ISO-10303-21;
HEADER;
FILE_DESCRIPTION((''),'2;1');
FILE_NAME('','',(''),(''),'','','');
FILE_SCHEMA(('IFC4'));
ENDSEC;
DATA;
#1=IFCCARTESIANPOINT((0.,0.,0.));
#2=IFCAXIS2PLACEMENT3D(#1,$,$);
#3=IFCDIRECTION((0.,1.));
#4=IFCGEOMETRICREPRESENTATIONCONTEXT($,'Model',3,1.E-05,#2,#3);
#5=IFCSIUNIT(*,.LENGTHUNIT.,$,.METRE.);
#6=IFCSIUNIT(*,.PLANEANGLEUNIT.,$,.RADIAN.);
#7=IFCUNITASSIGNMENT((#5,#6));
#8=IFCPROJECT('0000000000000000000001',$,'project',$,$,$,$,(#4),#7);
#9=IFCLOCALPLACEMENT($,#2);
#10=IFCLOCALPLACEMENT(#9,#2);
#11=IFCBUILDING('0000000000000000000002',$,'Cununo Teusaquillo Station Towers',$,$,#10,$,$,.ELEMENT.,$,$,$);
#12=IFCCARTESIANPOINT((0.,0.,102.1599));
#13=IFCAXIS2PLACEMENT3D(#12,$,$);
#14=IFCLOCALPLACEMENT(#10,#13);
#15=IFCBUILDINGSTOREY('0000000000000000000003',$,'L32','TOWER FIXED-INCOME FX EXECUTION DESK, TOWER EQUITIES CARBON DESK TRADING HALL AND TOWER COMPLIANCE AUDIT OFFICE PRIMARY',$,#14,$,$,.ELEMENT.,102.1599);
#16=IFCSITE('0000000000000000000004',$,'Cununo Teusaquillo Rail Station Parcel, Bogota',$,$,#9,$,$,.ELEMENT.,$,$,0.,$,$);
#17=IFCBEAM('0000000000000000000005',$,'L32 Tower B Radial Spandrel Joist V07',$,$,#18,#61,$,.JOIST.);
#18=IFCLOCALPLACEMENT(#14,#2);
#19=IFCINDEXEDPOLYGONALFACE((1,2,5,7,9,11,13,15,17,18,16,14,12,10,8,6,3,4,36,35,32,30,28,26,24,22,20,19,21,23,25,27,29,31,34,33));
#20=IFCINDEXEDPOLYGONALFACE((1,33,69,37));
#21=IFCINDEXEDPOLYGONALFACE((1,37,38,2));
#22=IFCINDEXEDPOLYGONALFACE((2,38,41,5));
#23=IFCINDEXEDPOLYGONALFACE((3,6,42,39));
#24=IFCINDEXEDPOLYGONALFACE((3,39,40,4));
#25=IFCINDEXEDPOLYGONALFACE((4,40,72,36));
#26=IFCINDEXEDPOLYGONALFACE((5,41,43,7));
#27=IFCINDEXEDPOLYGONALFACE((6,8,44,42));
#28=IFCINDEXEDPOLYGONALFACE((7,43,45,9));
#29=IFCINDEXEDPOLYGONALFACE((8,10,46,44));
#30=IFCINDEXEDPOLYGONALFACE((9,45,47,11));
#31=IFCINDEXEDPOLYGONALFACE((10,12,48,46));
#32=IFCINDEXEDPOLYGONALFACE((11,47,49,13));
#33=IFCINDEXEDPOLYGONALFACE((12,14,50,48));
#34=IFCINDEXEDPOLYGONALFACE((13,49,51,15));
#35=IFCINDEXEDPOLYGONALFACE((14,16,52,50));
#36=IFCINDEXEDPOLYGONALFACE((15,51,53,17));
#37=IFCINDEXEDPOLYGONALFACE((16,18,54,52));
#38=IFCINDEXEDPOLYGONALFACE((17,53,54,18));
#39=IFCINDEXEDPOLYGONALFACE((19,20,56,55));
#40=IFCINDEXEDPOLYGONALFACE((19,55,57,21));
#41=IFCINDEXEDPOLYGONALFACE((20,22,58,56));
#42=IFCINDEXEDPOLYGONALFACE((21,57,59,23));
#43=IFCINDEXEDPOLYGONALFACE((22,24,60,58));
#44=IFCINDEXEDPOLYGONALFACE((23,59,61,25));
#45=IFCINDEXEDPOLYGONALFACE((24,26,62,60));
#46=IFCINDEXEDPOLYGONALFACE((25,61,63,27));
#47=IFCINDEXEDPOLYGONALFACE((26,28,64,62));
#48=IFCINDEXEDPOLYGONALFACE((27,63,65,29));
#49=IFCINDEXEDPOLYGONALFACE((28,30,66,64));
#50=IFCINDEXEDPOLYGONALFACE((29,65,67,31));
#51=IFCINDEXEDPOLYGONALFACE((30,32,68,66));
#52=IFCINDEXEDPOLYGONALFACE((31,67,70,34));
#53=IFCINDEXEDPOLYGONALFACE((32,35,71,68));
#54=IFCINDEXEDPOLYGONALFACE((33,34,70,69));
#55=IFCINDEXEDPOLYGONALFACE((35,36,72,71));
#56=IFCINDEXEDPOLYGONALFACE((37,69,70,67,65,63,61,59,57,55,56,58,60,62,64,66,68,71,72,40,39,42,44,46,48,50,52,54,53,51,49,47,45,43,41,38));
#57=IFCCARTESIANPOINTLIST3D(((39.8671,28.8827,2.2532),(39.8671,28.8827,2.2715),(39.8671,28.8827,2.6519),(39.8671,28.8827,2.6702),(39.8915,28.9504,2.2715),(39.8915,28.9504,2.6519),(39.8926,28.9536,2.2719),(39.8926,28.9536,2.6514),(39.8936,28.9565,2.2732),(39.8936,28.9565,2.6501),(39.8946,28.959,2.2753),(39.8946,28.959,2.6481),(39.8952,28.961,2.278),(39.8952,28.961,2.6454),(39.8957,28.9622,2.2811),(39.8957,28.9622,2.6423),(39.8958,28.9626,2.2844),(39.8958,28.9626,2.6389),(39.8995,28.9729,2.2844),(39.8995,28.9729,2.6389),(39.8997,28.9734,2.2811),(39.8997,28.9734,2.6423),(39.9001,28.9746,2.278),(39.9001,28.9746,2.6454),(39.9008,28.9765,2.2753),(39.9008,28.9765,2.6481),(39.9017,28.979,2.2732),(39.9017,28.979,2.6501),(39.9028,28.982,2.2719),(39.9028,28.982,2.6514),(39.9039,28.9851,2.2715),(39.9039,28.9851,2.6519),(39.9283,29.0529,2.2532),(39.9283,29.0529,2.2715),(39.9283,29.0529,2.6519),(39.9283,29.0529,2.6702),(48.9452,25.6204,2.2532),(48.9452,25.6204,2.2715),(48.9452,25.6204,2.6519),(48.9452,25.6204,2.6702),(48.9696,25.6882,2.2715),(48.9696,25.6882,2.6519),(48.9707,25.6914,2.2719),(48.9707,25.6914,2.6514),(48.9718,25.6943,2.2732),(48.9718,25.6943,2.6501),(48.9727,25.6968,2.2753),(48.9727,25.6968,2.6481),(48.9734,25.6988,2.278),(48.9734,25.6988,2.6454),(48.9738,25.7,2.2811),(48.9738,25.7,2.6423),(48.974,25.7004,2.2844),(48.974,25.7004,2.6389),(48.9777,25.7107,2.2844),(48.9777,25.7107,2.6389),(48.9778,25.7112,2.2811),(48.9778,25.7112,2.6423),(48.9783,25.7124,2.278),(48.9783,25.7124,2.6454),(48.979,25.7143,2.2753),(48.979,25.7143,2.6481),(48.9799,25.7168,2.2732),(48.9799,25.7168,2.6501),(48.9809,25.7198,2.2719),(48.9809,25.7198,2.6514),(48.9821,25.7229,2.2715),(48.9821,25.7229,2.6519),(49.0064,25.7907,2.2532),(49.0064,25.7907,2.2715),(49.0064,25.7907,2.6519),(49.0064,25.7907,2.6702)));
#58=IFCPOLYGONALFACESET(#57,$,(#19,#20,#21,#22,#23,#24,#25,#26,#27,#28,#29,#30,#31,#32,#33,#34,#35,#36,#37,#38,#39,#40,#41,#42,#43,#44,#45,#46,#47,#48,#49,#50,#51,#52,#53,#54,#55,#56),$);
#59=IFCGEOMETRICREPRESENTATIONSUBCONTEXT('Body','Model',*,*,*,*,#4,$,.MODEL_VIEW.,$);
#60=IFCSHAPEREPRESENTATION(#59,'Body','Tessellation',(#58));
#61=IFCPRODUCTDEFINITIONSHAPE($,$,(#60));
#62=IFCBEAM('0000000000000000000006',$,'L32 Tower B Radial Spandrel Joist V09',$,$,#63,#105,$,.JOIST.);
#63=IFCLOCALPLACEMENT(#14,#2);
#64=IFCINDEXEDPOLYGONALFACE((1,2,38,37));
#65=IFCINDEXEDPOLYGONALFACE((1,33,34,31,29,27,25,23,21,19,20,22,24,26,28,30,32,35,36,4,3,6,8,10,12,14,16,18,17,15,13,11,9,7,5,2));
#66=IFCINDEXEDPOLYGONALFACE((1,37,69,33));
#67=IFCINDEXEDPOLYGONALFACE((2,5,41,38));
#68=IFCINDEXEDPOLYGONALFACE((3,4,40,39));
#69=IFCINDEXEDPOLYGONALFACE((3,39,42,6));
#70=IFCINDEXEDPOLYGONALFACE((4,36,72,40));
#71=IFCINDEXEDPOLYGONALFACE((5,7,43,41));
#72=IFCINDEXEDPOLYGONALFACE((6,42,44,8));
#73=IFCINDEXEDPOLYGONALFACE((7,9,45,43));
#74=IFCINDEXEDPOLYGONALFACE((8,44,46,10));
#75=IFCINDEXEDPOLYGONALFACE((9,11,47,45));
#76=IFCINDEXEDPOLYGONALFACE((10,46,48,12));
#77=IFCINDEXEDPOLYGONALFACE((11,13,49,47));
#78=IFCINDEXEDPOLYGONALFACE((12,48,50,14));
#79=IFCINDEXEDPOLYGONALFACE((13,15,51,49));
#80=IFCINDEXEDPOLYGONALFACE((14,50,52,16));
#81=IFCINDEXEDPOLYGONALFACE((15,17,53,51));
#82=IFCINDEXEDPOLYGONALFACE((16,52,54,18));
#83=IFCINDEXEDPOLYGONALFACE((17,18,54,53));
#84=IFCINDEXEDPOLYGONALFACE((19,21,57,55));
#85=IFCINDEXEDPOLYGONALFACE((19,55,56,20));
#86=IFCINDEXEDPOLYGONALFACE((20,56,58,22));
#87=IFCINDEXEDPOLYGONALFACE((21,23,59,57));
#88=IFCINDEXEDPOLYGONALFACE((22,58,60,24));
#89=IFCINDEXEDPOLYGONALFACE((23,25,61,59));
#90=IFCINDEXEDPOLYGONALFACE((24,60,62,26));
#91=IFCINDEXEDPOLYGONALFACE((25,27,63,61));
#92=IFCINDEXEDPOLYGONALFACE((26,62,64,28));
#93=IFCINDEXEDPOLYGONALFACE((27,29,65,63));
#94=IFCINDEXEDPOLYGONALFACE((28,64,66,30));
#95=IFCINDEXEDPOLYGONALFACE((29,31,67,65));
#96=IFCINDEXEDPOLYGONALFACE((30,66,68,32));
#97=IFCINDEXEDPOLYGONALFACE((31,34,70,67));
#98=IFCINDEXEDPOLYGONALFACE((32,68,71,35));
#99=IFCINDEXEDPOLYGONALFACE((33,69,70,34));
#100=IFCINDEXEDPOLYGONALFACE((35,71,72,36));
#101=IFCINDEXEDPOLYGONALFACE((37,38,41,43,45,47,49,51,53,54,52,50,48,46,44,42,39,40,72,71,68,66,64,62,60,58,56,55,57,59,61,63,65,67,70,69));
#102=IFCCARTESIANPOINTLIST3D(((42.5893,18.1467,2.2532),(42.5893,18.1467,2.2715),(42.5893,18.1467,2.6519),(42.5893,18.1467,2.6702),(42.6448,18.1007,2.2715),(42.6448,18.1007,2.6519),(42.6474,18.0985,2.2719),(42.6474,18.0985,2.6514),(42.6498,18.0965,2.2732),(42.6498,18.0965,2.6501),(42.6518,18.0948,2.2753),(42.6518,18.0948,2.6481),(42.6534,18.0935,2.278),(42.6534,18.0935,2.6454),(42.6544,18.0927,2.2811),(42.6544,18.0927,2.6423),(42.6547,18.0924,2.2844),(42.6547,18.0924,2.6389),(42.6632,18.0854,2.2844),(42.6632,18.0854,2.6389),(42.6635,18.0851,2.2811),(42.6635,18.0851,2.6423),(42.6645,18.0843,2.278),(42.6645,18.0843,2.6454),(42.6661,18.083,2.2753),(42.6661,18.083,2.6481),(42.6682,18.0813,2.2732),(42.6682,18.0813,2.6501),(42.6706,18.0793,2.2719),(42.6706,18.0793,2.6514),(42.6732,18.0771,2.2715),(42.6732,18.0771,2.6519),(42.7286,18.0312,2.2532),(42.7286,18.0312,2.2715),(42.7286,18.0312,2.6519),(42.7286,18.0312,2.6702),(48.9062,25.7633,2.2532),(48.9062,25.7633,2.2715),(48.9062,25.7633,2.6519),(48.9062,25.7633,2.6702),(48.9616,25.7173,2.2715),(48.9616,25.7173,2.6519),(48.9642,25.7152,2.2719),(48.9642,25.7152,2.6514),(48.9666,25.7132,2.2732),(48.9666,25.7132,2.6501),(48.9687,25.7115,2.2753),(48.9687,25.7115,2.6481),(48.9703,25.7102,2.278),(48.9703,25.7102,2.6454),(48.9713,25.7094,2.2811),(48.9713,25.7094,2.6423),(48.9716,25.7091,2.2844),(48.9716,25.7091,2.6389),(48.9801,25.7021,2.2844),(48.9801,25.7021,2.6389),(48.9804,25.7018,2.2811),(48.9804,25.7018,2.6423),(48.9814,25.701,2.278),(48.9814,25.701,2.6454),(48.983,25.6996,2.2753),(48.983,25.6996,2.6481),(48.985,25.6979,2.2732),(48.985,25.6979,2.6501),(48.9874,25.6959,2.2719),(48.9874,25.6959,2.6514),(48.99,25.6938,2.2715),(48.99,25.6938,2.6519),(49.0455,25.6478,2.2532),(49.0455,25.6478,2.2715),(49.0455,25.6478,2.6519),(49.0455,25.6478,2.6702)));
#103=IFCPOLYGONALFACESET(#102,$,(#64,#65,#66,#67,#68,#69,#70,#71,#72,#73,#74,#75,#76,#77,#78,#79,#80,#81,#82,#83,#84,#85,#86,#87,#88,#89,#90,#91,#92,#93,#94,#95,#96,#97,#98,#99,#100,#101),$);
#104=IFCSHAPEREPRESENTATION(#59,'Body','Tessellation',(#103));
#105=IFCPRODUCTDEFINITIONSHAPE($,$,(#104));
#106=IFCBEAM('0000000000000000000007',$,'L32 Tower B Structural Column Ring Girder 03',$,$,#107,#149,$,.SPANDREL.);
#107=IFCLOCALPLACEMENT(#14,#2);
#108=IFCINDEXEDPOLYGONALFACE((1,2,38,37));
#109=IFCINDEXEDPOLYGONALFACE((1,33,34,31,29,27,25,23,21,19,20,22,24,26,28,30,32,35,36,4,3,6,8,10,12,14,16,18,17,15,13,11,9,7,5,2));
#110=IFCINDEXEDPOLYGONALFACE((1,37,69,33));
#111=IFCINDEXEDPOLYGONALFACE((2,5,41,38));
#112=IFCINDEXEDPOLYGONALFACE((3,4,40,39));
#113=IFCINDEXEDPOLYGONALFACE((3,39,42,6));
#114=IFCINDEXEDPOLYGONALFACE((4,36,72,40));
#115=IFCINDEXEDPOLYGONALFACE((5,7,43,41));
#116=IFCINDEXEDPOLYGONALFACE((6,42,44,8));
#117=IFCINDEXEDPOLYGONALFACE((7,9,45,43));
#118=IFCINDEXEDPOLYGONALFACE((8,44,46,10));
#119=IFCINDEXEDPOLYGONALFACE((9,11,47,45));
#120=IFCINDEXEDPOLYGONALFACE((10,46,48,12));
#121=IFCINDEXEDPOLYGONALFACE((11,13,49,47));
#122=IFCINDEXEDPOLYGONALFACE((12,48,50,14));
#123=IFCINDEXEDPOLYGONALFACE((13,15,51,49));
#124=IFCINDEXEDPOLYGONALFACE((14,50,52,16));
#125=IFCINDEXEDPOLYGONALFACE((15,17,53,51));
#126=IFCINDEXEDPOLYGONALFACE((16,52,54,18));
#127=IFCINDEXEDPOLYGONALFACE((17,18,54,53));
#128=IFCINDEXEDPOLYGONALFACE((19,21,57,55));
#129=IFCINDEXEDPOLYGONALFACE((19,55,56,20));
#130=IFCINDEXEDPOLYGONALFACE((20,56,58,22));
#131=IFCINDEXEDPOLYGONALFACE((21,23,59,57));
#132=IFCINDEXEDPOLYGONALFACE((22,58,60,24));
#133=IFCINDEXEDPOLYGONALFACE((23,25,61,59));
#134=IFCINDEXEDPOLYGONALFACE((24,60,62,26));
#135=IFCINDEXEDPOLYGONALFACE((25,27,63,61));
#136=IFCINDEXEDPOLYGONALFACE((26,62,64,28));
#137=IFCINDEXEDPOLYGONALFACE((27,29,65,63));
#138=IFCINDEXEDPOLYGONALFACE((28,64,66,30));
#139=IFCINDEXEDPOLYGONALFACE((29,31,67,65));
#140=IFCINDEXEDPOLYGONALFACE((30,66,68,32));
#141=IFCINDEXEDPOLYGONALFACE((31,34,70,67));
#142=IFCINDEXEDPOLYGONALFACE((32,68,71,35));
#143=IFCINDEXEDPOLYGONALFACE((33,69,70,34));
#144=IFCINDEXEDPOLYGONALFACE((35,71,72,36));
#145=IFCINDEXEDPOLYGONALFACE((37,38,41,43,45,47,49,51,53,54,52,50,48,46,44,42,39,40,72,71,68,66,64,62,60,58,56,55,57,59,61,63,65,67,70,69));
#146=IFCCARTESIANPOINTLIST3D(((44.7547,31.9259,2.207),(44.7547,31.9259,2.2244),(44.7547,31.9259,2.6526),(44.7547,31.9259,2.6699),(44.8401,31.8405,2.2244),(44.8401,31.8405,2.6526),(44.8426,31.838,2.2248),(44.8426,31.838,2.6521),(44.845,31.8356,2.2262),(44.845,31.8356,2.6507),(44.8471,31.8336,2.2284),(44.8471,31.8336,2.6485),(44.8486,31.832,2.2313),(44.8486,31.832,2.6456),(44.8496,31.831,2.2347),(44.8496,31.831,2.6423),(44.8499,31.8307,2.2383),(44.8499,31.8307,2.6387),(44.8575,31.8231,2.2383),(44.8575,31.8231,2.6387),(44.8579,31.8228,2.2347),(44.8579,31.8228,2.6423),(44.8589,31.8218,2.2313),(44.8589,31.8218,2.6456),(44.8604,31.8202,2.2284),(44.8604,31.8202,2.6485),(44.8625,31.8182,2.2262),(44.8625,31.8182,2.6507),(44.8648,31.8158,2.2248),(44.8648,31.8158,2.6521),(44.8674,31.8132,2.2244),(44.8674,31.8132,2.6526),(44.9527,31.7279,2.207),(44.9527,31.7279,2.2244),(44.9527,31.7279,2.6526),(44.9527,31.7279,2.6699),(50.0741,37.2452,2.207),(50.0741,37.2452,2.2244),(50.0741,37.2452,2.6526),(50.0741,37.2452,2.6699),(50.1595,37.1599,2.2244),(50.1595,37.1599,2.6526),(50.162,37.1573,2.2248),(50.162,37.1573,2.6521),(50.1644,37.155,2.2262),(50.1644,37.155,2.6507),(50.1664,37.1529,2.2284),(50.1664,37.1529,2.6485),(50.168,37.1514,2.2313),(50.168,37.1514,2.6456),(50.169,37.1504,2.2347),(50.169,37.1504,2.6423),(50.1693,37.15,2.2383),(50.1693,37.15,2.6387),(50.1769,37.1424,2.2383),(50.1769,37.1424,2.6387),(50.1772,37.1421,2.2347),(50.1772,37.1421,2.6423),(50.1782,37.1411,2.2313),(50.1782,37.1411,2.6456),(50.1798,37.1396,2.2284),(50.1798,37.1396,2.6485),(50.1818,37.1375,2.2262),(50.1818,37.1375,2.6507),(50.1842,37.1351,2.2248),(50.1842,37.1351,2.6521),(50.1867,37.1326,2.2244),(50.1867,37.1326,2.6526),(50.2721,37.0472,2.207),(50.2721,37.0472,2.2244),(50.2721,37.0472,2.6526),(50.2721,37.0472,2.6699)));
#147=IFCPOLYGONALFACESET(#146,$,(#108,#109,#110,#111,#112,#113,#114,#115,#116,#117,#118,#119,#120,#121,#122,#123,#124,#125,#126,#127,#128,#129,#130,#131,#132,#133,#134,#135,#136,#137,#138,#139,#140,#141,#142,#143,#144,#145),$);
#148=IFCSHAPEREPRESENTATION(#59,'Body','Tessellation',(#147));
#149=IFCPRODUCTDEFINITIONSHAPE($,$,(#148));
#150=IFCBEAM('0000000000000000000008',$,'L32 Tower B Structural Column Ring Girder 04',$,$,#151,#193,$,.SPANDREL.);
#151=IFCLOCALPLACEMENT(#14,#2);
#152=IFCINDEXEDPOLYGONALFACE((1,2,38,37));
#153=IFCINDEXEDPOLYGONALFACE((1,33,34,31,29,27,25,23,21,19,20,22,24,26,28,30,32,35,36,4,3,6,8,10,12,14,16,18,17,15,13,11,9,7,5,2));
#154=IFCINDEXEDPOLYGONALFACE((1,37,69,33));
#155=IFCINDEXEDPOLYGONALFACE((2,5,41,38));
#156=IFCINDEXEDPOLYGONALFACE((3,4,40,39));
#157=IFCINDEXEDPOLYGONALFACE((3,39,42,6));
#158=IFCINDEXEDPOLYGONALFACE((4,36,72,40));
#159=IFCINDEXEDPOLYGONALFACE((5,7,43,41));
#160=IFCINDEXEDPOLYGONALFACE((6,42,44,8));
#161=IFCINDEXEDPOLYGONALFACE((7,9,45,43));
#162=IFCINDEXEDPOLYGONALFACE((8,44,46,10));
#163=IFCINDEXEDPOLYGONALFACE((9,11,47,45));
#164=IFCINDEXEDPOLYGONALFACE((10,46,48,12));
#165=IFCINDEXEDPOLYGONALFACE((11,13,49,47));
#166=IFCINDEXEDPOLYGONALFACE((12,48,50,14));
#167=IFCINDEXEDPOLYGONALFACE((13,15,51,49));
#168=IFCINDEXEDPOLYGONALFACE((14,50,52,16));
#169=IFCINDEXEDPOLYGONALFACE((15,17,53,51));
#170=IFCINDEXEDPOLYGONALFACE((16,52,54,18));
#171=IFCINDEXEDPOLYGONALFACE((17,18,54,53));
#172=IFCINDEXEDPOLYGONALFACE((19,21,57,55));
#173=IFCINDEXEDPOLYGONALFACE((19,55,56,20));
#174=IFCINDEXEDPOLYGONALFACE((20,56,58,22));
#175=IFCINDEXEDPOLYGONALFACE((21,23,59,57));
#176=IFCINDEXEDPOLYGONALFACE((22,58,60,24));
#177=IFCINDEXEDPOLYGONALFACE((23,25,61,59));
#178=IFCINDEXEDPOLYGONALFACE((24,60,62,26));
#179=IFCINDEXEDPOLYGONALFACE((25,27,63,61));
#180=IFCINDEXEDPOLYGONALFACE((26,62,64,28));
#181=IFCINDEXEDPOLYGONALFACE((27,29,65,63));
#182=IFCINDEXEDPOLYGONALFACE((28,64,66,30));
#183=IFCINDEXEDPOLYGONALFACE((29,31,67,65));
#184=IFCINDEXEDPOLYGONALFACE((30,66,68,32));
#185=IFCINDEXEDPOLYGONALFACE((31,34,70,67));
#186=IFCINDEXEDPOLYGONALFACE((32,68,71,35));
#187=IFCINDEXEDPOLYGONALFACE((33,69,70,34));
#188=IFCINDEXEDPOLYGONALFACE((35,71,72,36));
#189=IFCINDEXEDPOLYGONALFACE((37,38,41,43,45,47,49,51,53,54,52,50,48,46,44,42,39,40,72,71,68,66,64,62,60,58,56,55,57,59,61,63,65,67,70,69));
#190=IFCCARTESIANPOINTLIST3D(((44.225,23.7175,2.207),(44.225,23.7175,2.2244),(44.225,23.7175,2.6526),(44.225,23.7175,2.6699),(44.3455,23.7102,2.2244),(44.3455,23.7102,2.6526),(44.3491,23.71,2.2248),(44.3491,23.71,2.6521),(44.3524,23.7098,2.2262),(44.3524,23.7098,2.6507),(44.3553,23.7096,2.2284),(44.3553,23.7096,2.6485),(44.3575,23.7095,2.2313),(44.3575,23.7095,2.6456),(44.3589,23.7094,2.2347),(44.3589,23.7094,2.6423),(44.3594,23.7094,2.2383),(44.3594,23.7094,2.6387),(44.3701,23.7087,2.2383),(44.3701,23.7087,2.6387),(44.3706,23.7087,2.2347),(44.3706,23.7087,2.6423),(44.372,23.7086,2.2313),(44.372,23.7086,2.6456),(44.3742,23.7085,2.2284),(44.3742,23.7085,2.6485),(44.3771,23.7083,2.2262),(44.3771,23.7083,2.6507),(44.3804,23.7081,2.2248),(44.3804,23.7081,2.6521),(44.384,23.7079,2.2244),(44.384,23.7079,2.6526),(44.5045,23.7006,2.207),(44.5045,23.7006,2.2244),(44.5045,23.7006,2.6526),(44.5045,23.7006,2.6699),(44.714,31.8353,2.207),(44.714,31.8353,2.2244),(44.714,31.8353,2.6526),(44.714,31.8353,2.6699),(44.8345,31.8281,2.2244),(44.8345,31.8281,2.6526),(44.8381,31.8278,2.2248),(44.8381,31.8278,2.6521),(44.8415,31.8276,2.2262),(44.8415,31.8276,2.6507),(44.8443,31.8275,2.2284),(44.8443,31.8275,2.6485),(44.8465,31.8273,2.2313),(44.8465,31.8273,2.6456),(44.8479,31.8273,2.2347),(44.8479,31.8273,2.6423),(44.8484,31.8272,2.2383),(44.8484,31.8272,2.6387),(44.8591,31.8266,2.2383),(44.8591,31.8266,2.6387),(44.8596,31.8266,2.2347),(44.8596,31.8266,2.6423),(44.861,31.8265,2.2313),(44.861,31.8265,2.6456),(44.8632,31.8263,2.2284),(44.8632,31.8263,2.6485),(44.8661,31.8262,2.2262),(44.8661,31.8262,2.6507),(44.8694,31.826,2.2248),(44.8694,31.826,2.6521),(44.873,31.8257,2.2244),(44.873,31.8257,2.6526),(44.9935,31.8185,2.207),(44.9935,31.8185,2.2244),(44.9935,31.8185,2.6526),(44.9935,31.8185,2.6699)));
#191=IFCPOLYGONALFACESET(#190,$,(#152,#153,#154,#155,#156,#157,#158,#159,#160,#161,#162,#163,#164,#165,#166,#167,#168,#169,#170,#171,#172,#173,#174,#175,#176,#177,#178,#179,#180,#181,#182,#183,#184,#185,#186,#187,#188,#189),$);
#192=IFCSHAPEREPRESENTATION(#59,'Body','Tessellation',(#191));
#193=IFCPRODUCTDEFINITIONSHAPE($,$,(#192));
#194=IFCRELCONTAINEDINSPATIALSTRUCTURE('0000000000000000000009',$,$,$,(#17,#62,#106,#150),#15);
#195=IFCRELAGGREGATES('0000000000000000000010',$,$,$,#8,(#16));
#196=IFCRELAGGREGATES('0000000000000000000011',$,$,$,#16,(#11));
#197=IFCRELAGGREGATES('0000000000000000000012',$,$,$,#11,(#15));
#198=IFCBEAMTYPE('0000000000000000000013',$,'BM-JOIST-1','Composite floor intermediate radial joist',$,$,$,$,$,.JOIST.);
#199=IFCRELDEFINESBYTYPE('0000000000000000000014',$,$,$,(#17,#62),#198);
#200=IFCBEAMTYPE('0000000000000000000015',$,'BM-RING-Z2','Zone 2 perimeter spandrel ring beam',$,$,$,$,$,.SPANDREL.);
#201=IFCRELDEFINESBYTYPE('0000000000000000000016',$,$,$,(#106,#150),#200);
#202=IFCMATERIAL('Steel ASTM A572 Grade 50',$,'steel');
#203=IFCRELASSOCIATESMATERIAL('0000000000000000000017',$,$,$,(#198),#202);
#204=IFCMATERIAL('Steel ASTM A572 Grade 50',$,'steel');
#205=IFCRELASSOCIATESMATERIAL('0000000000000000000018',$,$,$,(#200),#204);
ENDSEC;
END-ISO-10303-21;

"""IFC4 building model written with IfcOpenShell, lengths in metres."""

from ifc_helpers import new_model, si_unit, direction, frame, origin, origin_2d, place, context, subcontext, project, spatial, i_section, extrude, material, material_profile, profile_set, type_object, element, save


model = new_model("IFC4")

# Units and contexts
model_context = context("Model", 3, precision=1e-05, world=origin(), true_north=direction((0.0, 1.0)))
body_context = subcontext(model_context, "Body", "Model", "MODEL_VIEW")
ifc_project = project(units=[si_unit("LENGTHUNIT", "METRE"), si_unit("PLANEANGLEUNIT", "RADIAN")], contexts=[model_context])

# Site, building, storey
site_placement = place(None, origin())
site = spatial("IfcSite", under=ifc_project, at=site_placement, Name="Cununo Teusaquillo Rail Station Parcel, Bogota", CompositionType="ELEMENT", RefElevation=0.0)
building_placement = place(site_placement, origin())
building = spatial("IfcBuilding", under=site, at=building_placement, Name="Cununo Teusaquillo Station Towers", CompositionType="ELEMENT")
storey_placement = place(building_placement, frame((0.0, 0.0, 102.1599)))
storey = spatial("IfcBuildingStorey", under=building, at=storey_placement, Name="L32", Description="TOWER FIXED-INCOME FX EXECUTION DESK, TOWER EQUITIES CARBON DESK TRADING HALL AND TOWER COMPLIANCE AUDIT OFFICE PRIMARY", CompositionType="ELEMENT", Elevation=102.1599)

# Beams
ifc_material_1 = material(Name="Steel ASTM A572 Grade 50", Category="steel")
ifc_material_profile_1 = material_profile(ifc_material_1, i_section(OverallWidth=0.1809, OverallDepth=0.417, WebThickness=0.011, FlangeThickness=0.0183, FilletRadius=0.0129, at=origin_2d()), Name="W16X57")
ifc_profile_set_1 = profile_set([ifc_material_profile_1], Name="Steel ASTM A572 Grade 50")
beam_type_1 = type_object("IfcBeamType", Name="BM-JOIST-1", Description="Composite floor intermediate radial joist", PredefinedType="JOIST", material=ifc_profile_set_1)
beam_1_placement = place(storey_placement, frame((48.9758, 25.7056, 2.4617), z_axis=(-0.941083, 0.338176, 0.0), x_axis=(-0.338176, -0.941083, 0.0)))
element("IfcBeam", 1, at=beam_1_placement, inside=storey, type_object=beam_type_1, Name="L32 Tower B Radial Spandrel Joist V07", PredefinedType="JOIST", context=body_context, shape_type="SweptSolid", body=[
    extrude(i_section(OverallWidth=0.1809, OverallDepth=0.417, WebThickness=0.011, FlangeThickness=0.0183, FilletRadius=0.0129, at=origin_2d()), origin(), (0.0, 0.0, 1.0), 9.6465),
])
beam_2_placement = place(storey_placement, frame((48.9758, 25.7056, 2.4617), z_axis=(-0.638372, -0.769728, 0.0), x_axis=(0.769728, -0.638372, 0.0)))
element("IfcBeam", 2, at=beam_2_placement, inside=storey, type_object=beam_type_1, Name="L32 Tower B Radial Spandrel Joist V09", PredefinedType="JOIST", context=body_context, shape_type="SweptSolid", body=[
    extrude(i_section(OverallWidth=0.1809, OverallDepth=0.417, WebThickness=0.011, FlangeThickness=0.0183, FilletRadius=0.0129, at=origin_2d()), origin(), (0.0, 0.0, 1.0), 9.8953),
])
ifc_material_2 = material(Name="Steel ASTM A572 Grade 50", Category="steel")
ifc_material_profile_2 = material_profile(ifc_material_2, i_section(OverallWidth=0.28, OverallDepth=0.4629, WebThickness=0.0107, FlangeThickness=0.0173, FilletRadius=0.0139, at=origin_2d()), Name="W18X76")
ifc_profile_set_2 = profile_set([ifc_material_profile_2], Name="Steel ASTM A572 Grade 50")
beam_type_2 = type_object("IfcBeamType", Name="BM-RING-Z2", Description="Zone 2 perimeter spandrel ring beam", PredefinedType="SPANDREL", material=ifc_profile_set_2)
beam_3_placement = place(storey_placement, frame((50.1731, 37.1462, 2.4385), z_axis=(-0.707107, -0.707107, 0.0), x_axis=(0.707107, -0.707107, 0.0)))
element("IfcBeam", 3, at=beam_3_placement, inside=storey, type_object=beam_type_2, Name="L32 Tower B Structural Column Ring Girder 03", PredefinedType="SPANDREL", context=body_context, shape_type="SweptSolid", body=[
    extrude(i_section(OverallWidth=0.28, OverallDepth=0.4629, WebThickness=0.0107, FlangeThickness=0.0173, FilletRadius=0.0139, at=origin_2d()), origin(), (0.0, 0.0, 1.0), 7.5227),
])
beam_4_placement = place(storey_placement, frame((44.8538, 31.8269, 2.4385), z_axis=(-0.06013, -0.998191, 0.0), x_axis=(0.998191, -0.06013, 0.0)))
element("IfcBeam", 4, at=beam_4_placement, inside=storey, type_object=beam_type_2, Name="L32 Tower B Structural Column Ring Girder 04", PredefinedType="SPANDREL", context=body_context, shape_type="SweptSolid", body=[
    extrude(i_section(OverallWidth=0.28, OverallDepth=0.4629, WebThickness=0.0107, FlangeThickness=0.0173, FilletRadius=0.0139, at=origin_2d()), origin(), (0.0, 0.0, 1.0), 8.1326),
])

save(model, "model.ifc")
